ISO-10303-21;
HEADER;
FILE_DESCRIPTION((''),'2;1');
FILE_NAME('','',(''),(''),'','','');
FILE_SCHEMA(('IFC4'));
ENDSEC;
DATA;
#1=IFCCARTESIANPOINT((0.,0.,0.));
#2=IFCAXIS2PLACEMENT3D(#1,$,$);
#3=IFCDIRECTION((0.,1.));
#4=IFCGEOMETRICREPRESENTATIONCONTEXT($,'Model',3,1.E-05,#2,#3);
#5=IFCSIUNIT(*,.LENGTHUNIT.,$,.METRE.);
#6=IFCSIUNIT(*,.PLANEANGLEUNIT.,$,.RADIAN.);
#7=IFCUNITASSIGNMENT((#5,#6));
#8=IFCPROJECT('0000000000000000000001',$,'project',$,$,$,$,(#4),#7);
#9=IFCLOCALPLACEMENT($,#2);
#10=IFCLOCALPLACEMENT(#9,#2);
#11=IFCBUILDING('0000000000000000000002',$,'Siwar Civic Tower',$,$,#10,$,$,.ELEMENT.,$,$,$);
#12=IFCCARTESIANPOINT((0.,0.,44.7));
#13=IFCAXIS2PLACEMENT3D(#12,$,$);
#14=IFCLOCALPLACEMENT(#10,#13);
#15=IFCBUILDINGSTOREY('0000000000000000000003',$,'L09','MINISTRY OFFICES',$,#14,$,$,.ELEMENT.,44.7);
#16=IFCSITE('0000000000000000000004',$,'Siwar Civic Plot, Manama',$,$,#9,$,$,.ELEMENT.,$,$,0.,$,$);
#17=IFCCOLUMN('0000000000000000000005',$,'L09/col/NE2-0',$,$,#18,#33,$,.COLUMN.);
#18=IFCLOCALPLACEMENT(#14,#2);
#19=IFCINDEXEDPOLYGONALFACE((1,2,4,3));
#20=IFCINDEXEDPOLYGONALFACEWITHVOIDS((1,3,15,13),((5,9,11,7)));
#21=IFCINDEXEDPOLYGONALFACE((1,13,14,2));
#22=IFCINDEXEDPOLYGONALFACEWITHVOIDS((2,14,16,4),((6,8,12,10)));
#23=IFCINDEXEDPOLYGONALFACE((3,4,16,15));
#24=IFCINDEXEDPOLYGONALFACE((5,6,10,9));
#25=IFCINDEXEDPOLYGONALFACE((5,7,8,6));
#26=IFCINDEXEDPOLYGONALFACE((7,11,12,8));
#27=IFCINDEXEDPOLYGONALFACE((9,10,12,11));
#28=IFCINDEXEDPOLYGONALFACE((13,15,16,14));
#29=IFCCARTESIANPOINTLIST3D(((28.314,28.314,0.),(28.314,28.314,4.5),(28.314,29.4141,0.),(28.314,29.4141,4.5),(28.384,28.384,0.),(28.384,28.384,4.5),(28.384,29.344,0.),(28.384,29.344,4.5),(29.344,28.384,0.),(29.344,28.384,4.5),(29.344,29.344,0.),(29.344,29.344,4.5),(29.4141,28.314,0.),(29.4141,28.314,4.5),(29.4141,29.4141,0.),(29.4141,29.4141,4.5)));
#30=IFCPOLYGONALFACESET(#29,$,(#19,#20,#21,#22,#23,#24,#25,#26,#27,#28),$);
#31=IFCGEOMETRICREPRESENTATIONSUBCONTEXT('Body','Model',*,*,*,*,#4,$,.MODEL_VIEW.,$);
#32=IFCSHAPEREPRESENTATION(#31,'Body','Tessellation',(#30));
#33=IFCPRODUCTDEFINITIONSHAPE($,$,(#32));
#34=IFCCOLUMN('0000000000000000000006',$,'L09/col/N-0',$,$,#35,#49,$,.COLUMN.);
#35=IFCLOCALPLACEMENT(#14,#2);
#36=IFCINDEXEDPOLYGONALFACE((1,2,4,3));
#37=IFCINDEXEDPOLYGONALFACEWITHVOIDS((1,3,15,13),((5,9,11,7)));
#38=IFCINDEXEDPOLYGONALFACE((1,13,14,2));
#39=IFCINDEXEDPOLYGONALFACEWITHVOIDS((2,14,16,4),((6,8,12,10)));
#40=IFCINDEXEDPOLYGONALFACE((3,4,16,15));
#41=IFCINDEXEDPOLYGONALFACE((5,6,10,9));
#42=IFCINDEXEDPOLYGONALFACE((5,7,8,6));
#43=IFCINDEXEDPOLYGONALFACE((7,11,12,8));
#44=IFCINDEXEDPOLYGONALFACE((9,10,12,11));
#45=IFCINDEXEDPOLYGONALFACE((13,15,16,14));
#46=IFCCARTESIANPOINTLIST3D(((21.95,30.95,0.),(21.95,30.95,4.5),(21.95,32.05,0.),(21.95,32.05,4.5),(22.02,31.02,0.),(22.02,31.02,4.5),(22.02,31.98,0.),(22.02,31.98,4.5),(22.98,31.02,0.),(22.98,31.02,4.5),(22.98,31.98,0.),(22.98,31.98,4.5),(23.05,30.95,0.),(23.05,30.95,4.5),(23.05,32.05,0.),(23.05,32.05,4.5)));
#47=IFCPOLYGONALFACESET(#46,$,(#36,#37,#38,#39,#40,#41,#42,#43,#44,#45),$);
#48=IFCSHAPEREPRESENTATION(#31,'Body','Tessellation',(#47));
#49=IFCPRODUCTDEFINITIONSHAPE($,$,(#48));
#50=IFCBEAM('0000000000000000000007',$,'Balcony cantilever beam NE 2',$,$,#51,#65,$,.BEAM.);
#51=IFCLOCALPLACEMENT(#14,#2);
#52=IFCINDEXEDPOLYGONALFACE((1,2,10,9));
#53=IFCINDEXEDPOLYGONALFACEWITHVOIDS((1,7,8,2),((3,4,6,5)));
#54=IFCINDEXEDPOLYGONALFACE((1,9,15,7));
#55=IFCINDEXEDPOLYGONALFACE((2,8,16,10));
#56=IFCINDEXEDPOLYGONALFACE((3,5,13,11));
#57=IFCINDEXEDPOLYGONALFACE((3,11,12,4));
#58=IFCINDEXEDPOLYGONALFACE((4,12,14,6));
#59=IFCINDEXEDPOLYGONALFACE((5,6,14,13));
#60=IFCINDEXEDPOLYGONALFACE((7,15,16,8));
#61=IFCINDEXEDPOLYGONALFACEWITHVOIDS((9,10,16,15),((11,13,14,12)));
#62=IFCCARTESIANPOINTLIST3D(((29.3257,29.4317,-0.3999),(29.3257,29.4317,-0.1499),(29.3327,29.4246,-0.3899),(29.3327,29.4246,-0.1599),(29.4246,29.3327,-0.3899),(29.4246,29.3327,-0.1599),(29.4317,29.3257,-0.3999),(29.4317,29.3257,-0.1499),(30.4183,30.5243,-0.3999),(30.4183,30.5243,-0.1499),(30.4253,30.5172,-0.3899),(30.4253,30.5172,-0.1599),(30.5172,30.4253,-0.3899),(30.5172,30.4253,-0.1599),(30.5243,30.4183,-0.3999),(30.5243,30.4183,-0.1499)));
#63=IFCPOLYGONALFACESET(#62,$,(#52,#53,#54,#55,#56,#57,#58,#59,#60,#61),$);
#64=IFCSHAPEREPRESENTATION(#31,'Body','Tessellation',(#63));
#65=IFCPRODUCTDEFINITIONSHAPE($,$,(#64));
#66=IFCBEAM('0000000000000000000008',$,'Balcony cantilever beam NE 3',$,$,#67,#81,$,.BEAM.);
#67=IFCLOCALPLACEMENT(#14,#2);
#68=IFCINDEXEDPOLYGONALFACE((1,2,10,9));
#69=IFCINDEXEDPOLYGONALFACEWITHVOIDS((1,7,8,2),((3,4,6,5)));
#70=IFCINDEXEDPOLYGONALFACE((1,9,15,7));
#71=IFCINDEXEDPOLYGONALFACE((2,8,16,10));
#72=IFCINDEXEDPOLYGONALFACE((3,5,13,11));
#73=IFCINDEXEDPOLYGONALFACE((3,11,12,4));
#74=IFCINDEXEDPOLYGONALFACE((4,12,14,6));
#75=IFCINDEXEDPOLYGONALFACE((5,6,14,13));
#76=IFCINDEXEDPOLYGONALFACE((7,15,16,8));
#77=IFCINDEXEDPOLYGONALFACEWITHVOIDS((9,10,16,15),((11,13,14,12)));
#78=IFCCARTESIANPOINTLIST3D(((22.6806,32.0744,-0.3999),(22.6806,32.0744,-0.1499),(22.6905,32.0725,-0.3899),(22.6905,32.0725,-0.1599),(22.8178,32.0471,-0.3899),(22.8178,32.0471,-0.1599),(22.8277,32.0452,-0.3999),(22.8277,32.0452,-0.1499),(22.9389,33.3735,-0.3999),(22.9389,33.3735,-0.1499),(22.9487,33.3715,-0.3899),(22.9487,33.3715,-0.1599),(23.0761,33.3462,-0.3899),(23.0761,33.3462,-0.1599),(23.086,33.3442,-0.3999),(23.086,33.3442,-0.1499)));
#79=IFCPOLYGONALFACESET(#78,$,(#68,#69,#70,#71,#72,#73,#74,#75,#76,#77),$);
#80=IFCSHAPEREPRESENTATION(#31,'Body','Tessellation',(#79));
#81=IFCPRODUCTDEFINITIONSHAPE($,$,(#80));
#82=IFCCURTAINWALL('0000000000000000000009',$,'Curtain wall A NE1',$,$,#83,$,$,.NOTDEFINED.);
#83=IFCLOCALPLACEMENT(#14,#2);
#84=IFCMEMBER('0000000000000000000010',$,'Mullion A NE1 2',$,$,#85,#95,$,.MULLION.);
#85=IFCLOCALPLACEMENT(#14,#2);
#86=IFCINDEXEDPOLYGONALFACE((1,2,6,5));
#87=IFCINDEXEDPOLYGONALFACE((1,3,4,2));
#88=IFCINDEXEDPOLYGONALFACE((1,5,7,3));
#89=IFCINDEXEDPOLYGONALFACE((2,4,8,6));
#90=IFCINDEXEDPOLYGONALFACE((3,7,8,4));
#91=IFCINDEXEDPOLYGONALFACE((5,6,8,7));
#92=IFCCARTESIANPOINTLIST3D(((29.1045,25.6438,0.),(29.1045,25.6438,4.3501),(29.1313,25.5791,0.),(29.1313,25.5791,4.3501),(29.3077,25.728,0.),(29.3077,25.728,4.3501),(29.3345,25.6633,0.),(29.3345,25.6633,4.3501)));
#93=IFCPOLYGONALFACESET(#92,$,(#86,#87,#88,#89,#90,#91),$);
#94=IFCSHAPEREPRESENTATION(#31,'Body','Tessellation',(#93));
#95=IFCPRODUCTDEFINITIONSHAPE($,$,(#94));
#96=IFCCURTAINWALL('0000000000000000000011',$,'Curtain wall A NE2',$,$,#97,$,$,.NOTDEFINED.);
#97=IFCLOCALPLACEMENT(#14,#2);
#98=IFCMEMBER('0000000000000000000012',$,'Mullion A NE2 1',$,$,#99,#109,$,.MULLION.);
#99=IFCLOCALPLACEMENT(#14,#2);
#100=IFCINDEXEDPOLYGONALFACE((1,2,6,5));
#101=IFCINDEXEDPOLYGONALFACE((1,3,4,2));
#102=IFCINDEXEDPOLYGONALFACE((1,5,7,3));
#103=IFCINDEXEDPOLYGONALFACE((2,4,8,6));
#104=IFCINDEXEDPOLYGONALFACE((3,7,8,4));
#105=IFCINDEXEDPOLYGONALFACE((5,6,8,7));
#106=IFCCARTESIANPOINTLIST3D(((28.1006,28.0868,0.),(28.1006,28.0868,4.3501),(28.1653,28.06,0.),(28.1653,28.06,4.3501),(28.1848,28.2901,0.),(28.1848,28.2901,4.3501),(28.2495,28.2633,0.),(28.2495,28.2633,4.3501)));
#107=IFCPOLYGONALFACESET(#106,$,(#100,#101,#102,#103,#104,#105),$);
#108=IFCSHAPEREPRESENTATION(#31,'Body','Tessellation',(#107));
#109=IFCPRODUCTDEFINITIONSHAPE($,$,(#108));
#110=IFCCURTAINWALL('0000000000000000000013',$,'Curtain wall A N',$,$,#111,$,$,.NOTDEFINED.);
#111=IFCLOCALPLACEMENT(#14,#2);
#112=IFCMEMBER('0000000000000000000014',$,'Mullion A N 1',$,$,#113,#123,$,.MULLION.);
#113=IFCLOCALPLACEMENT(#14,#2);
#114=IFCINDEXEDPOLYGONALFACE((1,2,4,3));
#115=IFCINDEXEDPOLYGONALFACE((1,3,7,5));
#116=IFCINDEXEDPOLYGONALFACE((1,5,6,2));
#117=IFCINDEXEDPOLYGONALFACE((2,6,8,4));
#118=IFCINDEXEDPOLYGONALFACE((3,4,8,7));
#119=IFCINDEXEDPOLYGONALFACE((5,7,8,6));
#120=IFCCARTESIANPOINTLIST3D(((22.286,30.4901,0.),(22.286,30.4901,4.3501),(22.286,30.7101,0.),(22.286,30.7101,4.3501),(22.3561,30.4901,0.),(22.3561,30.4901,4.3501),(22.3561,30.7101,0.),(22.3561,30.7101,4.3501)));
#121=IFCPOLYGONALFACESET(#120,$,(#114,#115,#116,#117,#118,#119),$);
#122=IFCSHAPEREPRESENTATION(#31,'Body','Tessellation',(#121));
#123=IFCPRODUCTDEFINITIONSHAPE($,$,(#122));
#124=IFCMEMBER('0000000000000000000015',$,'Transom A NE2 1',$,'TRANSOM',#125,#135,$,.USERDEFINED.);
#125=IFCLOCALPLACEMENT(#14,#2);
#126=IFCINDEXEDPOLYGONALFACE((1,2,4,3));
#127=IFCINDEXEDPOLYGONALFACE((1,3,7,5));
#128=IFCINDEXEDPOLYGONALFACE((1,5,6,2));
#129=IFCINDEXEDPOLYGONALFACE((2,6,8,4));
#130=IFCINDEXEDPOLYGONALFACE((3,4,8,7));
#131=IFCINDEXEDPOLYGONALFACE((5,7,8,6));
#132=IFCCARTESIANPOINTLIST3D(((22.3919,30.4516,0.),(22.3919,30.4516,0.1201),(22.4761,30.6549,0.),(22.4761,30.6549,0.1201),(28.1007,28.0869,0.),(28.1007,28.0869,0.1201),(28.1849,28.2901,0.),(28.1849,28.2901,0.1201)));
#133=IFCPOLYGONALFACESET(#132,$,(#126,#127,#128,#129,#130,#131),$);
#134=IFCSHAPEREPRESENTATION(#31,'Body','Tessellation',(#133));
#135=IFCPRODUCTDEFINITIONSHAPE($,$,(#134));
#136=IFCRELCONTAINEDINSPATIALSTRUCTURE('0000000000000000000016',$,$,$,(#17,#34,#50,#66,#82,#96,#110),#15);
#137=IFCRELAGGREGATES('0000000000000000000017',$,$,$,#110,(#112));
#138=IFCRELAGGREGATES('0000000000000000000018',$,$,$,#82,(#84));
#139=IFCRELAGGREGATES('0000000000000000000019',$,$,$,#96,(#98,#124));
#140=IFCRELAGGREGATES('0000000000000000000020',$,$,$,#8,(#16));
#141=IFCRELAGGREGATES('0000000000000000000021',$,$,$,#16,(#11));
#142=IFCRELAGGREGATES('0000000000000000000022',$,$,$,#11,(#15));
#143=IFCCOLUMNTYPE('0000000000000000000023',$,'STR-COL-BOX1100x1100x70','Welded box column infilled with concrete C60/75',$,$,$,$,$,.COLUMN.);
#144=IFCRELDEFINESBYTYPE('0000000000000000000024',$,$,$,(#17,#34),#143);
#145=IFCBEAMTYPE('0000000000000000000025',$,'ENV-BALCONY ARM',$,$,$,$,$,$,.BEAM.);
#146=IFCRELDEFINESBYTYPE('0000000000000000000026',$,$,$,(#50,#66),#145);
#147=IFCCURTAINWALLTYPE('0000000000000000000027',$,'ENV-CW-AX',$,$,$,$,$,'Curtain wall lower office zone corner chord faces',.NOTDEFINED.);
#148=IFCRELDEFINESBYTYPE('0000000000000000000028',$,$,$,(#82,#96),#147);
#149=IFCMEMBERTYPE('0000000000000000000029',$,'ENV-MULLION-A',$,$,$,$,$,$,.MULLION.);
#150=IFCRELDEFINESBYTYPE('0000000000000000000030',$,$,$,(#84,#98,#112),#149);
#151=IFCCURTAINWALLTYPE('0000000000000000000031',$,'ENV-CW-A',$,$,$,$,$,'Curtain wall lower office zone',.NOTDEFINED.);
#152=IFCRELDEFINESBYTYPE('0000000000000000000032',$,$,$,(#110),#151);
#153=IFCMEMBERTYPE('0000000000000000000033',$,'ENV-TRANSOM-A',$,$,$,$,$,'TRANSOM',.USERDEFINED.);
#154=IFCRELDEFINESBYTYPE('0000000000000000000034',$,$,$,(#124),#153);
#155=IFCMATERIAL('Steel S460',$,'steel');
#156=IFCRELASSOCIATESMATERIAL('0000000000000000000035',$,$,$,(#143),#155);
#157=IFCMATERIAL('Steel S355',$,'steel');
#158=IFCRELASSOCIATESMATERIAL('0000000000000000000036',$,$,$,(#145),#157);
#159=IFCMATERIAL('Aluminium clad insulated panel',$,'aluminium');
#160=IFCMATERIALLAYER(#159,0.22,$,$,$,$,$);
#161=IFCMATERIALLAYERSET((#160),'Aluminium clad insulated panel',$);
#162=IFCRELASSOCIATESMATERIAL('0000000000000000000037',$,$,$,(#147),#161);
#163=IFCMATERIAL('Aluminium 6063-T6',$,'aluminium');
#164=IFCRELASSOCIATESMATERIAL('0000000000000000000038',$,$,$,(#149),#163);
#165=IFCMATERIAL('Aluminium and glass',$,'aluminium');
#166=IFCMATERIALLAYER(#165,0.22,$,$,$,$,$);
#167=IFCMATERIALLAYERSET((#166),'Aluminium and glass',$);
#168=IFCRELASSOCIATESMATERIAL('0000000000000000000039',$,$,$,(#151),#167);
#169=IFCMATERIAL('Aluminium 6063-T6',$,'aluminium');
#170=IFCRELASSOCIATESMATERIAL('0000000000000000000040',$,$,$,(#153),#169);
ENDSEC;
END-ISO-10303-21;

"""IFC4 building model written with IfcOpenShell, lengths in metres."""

from ifc_helpers import new_model, si_unit, direction, frame, origin, origin_2d, place, context, subcontext, project, spatial, rectangle, hollow_rectangle, extrude, material, layer, layer_set, material_profile, profile_set, type_object, element, aggregate, save


model = new_model("IFC4")

# Units and contexts
model_context = context("Model", 3, precision=1e-05, world=origin(), true_north=direction((0.0, 1.0)))
body_context = subcontext(model_context, "Body", "Model", "MODEL_VIEW")
ifc_project = project(units=[si_unit("LENGTHUNIT", "METRE"), si_unit("PLANEANGLEUNIT", "RADIAN")], contexts=[model_context])

# Site, building, storey
site_placement = place(None, origin())
site = spatial("IfcSite", under=ifc_project, at=site_placement, Name="Siwar Civic Plot, Manama", CompositionType="ELEMENT", RefElevation=0.0)
building_placement = place(site_placement, origin())
building = spatial("IfcBuilding", under=site, at=building_placement, Name="Siwar Civic Tower", CompositionType="ELEMENT")
storey_placement = place(building_placement, frame((0.0, 0.0, 44.7)))
storey = spatial("IfcBuildingStorey", under=building, at=storey_placement, Name="L09", Description="MINISTRY OFFICES", CompositionType="ELEMENT", Elevation=44.7)

# Columns
ifc_material_1 = material(Name="Steel S460", Category="steel")
ifc_material_profile_1 = material_profile(ifc_material_1, hollow_rectangle(XDim=1.1001, YDim=1.1001, WallThickness=0.0701, at=origin_2d()), Name="BOX1100x1100x70")
ifc_profile_set_1 = profile_set([ifc_material_profile_1], Name="Steel S460")
column_type = type_object("IfcColumnType", Name="STR-COL-BOX1100x1100x70", Description="Welded box column infilled with concrete C60/75", PredefinedType="COLUMN", material=ifc_profile_set_1)
for number, where, z_axis, x_axis, name in (
    (1, (28.864, 28.864, 0.0), (0.0, 0.0, 1.0), (1.0, 0.0, 0.0), "L09/col/NE2-0"),
    (2, (22.5, 31.5, 0.0), (0.0, 0.0, 1.0), (1.0, 0.0, 0.0), "L09/col/N-0"),
):
    element("IfcColumn", number, at=place(storey_placement, frame(where, z_axis=z_axis, x_axis=x_axis)), inside=storey, type_object=column_type, Name=name, PredefinedType="COLUMN", context=body_context, shape_type="SweptSolid", body=[
        extrude(hollow_rectangle(XDim=1.1001, YDim=1.1001, WallThickness=0.0701, at=origin_2d()), origin(), (0.0, 0.0, 1.0), 4.5),
    ])

# Beams
ifc_material_2 = material(Name="Steel S355", Category="steel")
ifc_material_profile_2 = material_profile(ifc_material_2, hollow_rectangle(XDim=0.1499, YDim=0.25, WallThickness=0.01, at=origin_2d()), Name="RHS250x150x10")
ifc_profile_set_2 = profile_set([ifc_material_profile_2], Name="Steel S355")
beam_type_1 = type_object("IfcBeamType", Name="ENV-BALCONY ARM", PredefinedType="BEAM", material=ifc_profile_set_2)
beam_1_placement = place(storey_placement, frame((29.3787, 29.3787, -0.2749), z_axis=(0.707107, 0.707107, 0.0), x_axis=(-0.707107, 0.707107, 0.0)))
element("IfcBeam", 3, at=beam_1_placement, inside=storey, type_object=beam_type_1, Name="Balcony cantilever beam NE 2", PredefinedType="BEAM", context=body_context, shape_type="SweptSolid", body=[
    extrude(hollow_rectangle(XDim=0.1499, YDim=0.25, WallThickness=0.01, at=origin_2d()), origin(), (0.0, 0.0, 1.0), 1.5452),
])
beam_2_placement = place(storey_placement, frame((22.7542, 32.0598, -0.2749), z_axis=(0.195017, 0.9808, 0.0), x_axis=(-0.9808, 0.195017, 0.0)))
element("IfcBeam", 4, at=beam_2_placement, inside=storey, type_object=beam_type_1, Name="Balcony cantilever beam NE 3", PredefinedType="BEAM", context=body_context, shape_type="SweptSolid", body=[
    extrude(hollow_rectangle(XDim=0.1499, YDim=0.25, WallThickness=0.01, at=origin_2d()), origin(), (0.0, 0.0, 1.0), 1.3245),
])

# Curtain walls, members
ifc_material_3 = material(Name="Aluminium clad insulated panel", Category="aluminium")
ifc_layer_1 = layer(ifc_material_3, 0.22)
ifc_layer_set_1 = layer_set([ifc_layer_1], Name="Aluminium clad insulated panel")
curtain_wall_type_1 = type_object("IfcCurtainWallType", Name="ENV-CW-AX", ElementType="Curtain wall lower office zone corner chord faces", PredefinedType="NOTDEFINED", material=ifc_layer_set_1)
curtain_wall_1_placement = place(storey_placement, origin())
curtain_wall_1 = element("IfcCurtainWall", 5, at=curtain_wall_1_placement, inside=storey, type_object=curtain_wall_type_1, Name="Curtain wall A NE1", PredefinedType="NOTDEFINED")
ifc_material_4 = material(Name="Aluminium 6063-T6", Category="aluminium")
ifc_material_profile_3 = material_profile(ifc_material_4, rectangle(XDim=0.22, YDim=0.0701, at=origin_2d()), Name="AL 220x70")
ifc_profile_set_3 = profile_set([ifc_material_profile_3], Name="Aluminium 6063-T6")
member_type_1 = type_object("IfcMemberType", Name="ENV-MULLION-A", PredefinedType="MULLION", material=ifc_profile_set_3)
member_1_placement = place(storey_placement, frame((29.2195, 25.6536, 0.0), z_axis=(0.0, 0.0, 1.0), x_axis=(-0.92388, -0.382683, 0.0)))
member_1 = element("IfcMember", 6, at=member_1_placement, type_object=member_type_1, Name="Mullion A NE1 2", PredefinedType="MULLION", context=body_context, shape_type="SweptSolid", body=[
    extrude(rectangle(XDim=0.22, YDim=0.0701, at=origin_2d()), origin(), (0.0, 0.0, 1.0), 4.3501),
])
curtain_wall_2_placement = place(storey_placement, origin())
curtain_wall_2 = element("IfcCurtainWall", 7, at=curtain_wall_2_placement, inside=storey, type_object=curtain_wall_type_1, Name="Curtain wall A NE2", PredefinedType="NOTDEFINED")
member_2_placement = place(storey_placement, frame((28.175, 28.175, 0.0), z_axis=(0.0, 0.0, 1.0), x_axis=(-0.382683, -0.92388, 0.0)))
member_2 = element("IfcMember", 8, at=member_2_placement, type_object=member_type_1, Name="Mullion A NE2 1", PredefinedType="MULLION", context=body_context, shape_type="SweptSolid", body=[
    extrude(rectangle(XDim=0.22, YDim=0.0701, at=origin_2d()), origin(), (0.0, 0.0, 1.0), 4.3501),
])
ifc_material_5 = material(Name="Aluminium and glass", Category="aluminium")
ifc_layer_2 = layer(ifc_material_5, 0.22)
ifc_layer_set_2 = layer_set([ifc_layer_2], Name="Aluminium and glass")
curtain_wall_type_2 = type_object("IfcCurtainWallType", Name="ENV-CW-A", ElementType="Curtain wall lower office zone", PredefinedType="NOTDEFINED", material=ifc_layer_set_2)
curtain_wall_3_placement = place(storey_placement, origin())
curtain_wall_3 = element("IfcCurtainWall", 9, at=curtain_wall_3_placement, inside=storey, type_object=curtain_wall_type_2, Name="Curtain wall A N", PredefinedType="NOTDEFINED")
member_3_placement = place(storey_placement, frame((22.321, 30.6001, 0.0), z_axis=(0.0, 0.0, 1.0), x_axis=(0.0, -1.0, 0.0)))
member_3 = element("IfcMember", 10, at=member_3_placement, type_object=member_type_1, Name="Mullion A N 1", PredefinedType="MULLION", context=body_context, shape_type="SweptSolid", body=[
    extrude(rectangle(XDim=0.22, YDim=0.0701, at=origin_2d()), origin(), (0.0, 0.0, 1.0), 4.3501),
])
aggregate(curtain_wall_3, [member_3])

# Member
ifc_material_6 = material(Name="Aluminium 6063-T6", Category="aluminium")
ifc_material_profile_4 = material_profile(ifc_material_6, rectangle(XDim=0.22, YDim=0.1201, at=origin_2d()), Name="AL 220x120")
ifc_profile_set_4 = profile_set([ifc_material_profile_4], Name="Aluminium 6063-T6")
member_type_2 = type_object("IfcMemberType", Name="ENV-TRANSOM-A", ElementType="TRANSOM", PredefinedType="USERDEFINED", material=ifc_profile_set_4)
member_4_placement = place(storey_placement, frame((28.1428, 28.1885, 0.0601), z_axis=(-0.923873, 0.382698, 0.0), x_axis=(-0.382698, -0.923873, 0.0)))
member_4 = element("IfcMember", 11, at=member_4_placement, type_object=member_type_2, Name="Transom A NE2 1", ObjectType="TRANSOM", PredefinedType="USERDEFINED", context=body_context, shape_type="SweptSolid", body=[
    extrude(rectangle(XDim=0.22, YDim=0.1201, at=origin_2d()), origin(), (0.0, 0.0, 1.0), 6.1792),
])

aggregate(curtain_wall_1, [member_1])
aggregate(curtain_wall_2, [member_2, member_4])

save(model, "model.ifc")
